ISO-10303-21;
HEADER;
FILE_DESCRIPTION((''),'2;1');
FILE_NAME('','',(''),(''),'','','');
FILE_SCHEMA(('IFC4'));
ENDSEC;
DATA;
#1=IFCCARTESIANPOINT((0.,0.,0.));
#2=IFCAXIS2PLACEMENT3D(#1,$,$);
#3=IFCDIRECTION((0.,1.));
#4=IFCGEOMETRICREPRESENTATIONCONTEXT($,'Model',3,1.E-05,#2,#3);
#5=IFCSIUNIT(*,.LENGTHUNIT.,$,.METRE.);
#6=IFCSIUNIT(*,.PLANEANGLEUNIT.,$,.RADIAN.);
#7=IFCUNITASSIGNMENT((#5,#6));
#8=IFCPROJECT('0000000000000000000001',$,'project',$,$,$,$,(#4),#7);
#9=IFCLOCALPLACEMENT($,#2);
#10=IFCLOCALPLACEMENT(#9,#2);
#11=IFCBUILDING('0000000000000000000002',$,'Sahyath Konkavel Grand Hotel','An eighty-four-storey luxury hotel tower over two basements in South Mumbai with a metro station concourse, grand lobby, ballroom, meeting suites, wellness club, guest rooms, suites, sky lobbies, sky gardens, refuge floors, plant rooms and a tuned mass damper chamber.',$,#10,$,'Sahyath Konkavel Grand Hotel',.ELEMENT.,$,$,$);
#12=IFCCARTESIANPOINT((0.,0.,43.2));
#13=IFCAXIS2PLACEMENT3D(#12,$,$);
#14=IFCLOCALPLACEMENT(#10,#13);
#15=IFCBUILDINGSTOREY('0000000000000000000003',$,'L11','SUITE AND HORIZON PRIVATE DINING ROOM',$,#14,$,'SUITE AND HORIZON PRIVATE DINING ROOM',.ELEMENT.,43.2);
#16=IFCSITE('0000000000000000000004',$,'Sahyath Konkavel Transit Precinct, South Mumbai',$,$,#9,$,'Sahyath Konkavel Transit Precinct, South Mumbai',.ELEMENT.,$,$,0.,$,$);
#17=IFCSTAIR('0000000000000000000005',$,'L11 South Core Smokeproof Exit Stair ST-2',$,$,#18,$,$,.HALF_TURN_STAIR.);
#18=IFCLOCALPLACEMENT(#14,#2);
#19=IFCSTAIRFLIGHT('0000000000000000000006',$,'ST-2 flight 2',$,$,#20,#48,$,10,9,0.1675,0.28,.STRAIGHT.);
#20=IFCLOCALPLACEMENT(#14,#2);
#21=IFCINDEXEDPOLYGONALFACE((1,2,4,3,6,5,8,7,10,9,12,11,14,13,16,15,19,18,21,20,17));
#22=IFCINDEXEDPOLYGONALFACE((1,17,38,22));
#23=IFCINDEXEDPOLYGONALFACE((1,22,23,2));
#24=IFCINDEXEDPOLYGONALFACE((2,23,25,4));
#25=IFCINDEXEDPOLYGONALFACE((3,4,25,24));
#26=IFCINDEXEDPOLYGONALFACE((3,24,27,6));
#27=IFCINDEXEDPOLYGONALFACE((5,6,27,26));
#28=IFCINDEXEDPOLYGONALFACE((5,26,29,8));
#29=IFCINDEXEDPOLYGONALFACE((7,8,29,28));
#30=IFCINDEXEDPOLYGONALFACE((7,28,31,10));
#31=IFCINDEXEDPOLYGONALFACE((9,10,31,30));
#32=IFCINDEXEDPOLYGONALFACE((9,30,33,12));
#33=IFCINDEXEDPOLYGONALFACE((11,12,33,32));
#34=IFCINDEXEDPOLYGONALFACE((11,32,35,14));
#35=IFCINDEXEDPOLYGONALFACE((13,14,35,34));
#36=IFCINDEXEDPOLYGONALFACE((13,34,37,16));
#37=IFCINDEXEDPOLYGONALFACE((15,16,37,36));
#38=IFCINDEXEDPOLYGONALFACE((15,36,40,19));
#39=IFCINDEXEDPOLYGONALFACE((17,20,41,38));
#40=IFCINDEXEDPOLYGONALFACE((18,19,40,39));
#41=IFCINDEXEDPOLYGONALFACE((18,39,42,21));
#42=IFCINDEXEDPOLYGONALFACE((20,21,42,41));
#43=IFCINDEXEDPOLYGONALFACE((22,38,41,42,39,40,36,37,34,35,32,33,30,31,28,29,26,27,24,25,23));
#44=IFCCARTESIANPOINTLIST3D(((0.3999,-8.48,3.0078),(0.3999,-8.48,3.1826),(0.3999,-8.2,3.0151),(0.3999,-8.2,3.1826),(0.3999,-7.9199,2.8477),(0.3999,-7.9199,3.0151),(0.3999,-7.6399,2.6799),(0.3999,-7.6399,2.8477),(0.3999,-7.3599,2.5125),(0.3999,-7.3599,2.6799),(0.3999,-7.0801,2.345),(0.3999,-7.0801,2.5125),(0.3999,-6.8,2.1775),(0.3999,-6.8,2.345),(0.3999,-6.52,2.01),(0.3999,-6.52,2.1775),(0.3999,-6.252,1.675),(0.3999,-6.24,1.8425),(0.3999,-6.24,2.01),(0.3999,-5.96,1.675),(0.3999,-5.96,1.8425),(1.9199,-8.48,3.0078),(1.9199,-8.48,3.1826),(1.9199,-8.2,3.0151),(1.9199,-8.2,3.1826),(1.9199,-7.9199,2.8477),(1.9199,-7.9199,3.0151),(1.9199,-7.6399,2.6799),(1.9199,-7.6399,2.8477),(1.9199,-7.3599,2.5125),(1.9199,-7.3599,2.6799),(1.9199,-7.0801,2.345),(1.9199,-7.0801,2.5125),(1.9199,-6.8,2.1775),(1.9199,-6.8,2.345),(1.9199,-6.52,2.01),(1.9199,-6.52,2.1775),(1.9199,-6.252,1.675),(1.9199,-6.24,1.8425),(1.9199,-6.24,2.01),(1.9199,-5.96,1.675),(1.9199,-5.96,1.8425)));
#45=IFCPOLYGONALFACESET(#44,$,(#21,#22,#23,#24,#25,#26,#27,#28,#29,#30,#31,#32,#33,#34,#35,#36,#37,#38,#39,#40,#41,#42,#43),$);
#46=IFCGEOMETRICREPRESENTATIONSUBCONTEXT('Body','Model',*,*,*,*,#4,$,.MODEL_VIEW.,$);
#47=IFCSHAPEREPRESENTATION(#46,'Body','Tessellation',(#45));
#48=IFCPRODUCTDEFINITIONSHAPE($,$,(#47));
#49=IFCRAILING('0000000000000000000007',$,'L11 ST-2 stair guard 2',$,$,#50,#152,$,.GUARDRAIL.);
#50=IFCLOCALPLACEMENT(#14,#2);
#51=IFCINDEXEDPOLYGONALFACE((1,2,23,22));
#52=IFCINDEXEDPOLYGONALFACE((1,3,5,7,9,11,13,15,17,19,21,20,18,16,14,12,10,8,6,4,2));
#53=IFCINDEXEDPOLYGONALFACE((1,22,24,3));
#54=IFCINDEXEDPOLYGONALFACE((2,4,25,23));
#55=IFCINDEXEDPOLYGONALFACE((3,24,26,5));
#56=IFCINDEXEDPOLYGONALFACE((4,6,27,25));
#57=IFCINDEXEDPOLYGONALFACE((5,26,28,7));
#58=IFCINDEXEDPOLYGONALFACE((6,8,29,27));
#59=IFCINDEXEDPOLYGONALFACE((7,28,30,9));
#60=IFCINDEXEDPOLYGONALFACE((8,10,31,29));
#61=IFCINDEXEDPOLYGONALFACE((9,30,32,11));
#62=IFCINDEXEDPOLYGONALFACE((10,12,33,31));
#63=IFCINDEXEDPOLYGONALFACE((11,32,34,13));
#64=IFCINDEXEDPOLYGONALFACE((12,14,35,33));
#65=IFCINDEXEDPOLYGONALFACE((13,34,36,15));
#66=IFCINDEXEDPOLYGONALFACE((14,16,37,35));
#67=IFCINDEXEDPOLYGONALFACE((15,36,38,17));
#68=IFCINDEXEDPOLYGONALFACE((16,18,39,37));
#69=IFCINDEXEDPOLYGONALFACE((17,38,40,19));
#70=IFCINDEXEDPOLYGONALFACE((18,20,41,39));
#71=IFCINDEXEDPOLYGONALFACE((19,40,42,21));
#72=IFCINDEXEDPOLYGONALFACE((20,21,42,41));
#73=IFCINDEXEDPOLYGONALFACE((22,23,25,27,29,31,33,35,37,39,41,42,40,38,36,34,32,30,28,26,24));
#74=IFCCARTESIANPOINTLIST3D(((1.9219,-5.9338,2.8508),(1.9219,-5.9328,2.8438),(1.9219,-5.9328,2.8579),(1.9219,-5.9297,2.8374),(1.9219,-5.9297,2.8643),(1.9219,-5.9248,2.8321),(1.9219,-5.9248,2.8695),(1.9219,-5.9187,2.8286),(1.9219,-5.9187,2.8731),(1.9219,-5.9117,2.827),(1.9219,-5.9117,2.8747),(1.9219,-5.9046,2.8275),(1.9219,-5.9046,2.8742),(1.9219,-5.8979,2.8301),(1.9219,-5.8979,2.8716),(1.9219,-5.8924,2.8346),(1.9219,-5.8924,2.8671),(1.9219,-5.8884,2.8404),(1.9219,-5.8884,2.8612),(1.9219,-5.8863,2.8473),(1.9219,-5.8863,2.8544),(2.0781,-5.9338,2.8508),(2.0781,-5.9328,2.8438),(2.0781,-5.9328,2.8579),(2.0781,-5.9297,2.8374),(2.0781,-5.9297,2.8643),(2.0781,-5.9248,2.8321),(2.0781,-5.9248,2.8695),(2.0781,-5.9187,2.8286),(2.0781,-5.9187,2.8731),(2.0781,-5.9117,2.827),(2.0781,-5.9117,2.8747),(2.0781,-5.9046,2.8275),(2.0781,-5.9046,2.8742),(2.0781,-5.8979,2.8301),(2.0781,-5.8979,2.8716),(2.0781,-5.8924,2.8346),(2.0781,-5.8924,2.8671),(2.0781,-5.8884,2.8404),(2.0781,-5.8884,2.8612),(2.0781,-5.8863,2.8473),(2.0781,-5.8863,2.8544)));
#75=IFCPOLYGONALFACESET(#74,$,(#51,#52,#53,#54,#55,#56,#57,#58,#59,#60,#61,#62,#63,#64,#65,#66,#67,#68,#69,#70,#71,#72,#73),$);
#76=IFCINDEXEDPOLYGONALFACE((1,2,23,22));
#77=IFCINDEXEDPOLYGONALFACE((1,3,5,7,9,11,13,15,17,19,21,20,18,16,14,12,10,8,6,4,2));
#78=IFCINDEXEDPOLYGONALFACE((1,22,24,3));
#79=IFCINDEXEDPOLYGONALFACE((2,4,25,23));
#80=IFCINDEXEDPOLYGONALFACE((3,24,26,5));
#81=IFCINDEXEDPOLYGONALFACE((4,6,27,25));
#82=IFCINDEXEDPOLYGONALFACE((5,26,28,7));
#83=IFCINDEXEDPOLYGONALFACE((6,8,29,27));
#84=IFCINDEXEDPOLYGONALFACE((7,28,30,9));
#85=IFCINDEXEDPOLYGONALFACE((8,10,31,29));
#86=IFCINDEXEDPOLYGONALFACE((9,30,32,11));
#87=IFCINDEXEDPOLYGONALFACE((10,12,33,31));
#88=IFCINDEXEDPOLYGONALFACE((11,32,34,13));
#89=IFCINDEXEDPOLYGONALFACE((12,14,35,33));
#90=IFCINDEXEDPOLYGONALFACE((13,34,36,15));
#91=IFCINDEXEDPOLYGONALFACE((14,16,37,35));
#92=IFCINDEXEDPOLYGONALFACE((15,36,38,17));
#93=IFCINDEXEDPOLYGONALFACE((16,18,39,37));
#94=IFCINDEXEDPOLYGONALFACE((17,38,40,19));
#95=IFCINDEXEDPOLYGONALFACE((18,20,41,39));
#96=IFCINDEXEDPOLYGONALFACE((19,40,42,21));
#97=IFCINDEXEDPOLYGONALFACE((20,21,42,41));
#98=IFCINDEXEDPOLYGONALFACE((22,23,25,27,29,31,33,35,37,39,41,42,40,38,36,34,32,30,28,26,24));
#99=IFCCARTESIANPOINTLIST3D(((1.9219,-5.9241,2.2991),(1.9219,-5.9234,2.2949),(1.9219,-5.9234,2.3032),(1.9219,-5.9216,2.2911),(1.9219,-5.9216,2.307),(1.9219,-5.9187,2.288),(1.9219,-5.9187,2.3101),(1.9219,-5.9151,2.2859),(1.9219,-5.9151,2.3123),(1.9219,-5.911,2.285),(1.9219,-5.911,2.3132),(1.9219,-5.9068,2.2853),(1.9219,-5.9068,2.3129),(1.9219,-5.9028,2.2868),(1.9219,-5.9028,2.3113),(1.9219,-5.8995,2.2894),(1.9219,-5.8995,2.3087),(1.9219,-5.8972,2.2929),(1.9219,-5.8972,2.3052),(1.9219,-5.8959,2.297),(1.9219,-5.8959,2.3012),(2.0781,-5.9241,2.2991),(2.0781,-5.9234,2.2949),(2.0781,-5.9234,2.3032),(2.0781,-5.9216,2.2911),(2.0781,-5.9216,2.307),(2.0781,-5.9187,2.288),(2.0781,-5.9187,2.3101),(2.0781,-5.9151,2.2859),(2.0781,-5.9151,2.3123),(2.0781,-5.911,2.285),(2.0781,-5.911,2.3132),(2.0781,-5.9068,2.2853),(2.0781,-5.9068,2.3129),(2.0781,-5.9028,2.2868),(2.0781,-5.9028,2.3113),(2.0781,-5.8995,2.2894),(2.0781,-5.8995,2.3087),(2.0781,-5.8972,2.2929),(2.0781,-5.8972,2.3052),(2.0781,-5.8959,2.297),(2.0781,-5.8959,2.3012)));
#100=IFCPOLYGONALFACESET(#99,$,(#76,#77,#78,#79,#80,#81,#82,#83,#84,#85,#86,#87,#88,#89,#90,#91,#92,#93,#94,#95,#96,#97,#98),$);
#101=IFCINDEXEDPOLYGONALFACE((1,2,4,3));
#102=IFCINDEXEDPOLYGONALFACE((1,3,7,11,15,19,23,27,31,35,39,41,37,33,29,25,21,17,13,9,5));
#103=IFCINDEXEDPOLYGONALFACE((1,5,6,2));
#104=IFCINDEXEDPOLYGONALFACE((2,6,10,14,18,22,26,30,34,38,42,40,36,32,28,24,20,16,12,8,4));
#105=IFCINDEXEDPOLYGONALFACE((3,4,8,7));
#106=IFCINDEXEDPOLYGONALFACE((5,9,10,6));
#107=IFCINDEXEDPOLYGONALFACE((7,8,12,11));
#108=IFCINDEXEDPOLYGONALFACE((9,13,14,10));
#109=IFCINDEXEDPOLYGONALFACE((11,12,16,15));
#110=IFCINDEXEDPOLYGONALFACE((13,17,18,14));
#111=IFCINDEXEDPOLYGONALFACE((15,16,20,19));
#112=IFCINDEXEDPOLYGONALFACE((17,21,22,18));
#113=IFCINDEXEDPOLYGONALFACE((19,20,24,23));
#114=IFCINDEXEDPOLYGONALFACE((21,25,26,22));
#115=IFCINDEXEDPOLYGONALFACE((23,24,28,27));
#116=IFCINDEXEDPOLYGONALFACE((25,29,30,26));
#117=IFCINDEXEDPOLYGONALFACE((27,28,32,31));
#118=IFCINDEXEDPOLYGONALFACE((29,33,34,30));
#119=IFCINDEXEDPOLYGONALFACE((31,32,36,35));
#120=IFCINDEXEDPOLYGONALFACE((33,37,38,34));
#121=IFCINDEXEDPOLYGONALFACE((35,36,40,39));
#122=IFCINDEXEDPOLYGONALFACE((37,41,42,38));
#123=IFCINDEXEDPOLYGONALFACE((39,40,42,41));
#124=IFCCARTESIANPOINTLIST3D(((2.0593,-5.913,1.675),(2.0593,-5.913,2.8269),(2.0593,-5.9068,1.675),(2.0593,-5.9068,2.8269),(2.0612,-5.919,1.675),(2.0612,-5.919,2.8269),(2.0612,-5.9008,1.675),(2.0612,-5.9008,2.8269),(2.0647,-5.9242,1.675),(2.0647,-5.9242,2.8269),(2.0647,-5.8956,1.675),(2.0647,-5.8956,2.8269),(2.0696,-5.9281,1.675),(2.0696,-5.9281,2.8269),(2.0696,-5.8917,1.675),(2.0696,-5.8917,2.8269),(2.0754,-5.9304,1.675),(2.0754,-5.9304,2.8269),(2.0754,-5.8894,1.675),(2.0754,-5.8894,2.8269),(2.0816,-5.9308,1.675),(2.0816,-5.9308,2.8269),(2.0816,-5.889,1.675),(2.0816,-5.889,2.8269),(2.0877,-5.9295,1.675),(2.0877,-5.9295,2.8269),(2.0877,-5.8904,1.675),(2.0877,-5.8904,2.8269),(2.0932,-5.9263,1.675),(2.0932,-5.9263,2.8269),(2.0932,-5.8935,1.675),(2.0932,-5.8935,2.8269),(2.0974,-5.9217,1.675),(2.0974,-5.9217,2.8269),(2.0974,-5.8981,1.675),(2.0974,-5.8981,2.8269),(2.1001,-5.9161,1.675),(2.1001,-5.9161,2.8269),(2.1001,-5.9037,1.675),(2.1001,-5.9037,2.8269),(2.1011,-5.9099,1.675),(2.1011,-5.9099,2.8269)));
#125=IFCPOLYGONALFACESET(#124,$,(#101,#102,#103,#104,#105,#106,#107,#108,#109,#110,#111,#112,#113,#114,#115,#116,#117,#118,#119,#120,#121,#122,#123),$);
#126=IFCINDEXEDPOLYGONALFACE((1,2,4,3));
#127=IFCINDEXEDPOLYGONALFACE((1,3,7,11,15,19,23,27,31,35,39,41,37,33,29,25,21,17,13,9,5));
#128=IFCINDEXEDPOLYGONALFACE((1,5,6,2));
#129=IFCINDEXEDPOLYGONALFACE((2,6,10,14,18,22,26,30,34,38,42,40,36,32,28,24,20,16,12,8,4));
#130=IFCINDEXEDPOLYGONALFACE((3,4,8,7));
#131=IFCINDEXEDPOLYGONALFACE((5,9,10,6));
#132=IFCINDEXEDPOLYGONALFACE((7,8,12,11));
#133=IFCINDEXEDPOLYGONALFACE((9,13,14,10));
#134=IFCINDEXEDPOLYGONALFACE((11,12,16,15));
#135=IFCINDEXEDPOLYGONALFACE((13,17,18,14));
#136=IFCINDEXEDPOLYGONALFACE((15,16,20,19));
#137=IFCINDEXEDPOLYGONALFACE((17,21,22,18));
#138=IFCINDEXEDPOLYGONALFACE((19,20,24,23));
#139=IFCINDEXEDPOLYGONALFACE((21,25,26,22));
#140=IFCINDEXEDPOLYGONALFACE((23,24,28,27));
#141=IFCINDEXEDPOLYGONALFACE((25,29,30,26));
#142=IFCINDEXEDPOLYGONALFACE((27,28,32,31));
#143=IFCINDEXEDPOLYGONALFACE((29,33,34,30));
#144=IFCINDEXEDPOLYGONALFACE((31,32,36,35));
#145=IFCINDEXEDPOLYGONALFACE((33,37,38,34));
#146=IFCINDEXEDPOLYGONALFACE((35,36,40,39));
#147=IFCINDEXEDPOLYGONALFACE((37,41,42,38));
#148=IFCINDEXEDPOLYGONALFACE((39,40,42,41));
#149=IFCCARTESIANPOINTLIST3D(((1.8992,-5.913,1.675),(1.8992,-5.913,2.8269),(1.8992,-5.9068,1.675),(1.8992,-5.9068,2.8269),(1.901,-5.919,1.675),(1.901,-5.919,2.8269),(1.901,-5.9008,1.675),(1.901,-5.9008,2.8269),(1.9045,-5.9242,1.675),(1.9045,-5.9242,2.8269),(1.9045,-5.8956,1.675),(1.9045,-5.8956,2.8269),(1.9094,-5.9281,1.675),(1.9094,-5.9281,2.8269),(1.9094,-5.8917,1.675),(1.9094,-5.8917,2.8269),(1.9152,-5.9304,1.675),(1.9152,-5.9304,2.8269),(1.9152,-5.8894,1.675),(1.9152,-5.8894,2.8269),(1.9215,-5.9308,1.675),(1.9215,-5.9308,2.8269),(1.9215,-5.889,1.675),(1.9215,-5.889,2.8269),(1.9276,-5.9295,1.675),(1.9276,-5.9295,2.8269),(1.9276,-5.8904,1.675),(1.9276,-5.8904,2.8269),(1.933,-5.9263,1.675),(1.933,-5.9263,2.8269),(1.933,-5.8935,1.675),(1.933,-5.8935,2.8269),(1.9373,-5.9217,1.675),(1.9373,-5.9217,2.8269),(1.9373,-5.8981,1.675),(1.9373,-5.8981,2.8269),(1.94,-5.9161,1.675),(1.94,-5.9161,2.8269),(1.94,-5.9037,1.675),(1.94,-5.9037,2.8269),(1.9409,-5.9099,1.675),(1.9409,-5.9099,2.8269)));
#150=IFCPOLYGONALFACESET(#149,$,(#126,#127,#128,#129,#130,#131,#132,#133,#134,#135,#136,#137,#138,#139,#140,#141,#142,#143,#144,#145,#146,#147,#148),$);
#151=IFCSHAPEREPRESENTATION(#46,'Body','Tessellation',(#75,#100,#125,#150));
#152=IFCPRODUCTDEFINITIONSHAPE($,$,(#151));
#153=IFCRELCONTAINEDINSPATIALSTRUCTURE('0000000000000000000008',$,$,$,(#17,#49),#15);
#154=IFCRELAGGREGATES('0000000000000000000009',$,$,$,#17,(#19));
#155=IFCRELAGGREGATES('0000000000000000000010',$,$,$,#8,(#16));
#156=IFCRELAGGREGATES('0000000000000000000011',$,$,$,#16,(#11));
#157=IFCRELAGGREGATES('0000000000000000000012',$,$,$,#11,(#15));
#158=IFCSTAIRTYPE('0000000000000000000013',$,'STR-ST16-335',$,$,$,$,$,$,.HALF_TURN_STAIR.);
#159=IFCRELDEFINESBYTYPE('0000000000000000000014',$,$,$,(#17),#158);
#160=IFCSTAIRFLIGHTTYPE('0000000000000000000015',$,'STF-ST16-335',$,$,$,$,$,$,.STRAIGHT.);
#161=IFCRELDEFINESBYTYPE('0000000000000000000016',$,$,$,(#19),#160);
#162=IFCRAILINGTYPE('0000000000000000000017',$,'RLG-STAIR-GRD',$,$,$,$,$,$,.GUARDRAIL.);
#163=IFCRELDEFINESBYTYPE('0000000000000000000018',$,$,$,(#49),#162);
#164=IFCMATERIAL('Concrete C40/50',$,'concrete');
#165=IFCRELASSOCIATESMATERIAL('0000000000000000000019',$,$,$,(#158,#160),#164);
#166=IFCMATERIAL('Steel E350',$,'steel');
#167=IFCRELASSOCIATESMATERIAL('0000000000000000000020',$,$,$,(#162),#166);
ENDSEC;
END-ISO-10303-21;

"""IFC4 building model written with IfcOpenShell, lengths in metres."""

from ifc_helpers import new_model, si_unit, direction, frame, origin, origin_2d, place, context, subcontext, project, spatial, polyline, circle, outline, extrude, material, type_object, element, aggregate, save


model = new_model("IFC4")

# Units and contexts
model_context = context("Model", 3, precision=1e-05, world=origin(), true_north=direction((0.0, 1.0)))
body_context = subcontext(model_context, "Body", "Model", "MODEL_VIEW")
ifc_project = project(units=[si_unit("LENGTHUNIT", "METRE"), si_unit("PLANEANGLEUNIT", "RADIAN")], contexts=[model_context])

# Site, building, storey
site_placement = place(None, origin())
site = spatial("IfcSite", under=ifc_project, at=site_placement, Name="Sahyath Konkavel Transit Precinct, South Mumbai", LongName="Sahyath Konkavel Transit Precinct, South Mumbai", CompositionType="ELEMENT", RefElevation=0.0)
building_placement = place(site_placement, origin())
building = spatial("IfcBuilding", under=site, at=building_placement, Name="Sahyath Konkavel Grand Hotel", Description="An eighty-four-storey luxury hotel tower over two basements in South Mumbai with a metro station concourse, grand lobby, ballroom, meeting suites, wellness club, guest rooms, suites, sky lobbies, sky gardens, refuge floors, plant rooms and a tuned mass damper chamber.", LongName="Sahyath Konkavel Grand Hotel", CompositionType="ELEMENT")
storey_placement = place(building_placement, frame((0.0, 0.0, 43.2)))
storey = spatial("IfcBuildingStorey", under=building, at=storey_placement, Name="L11", Description="SUITE AND HORIZON PRIVATE DINING ROOM", LongName="SUITE AND HORIZON PRIVATE DINING ROOM", CompositionType="ELEMENT", Elevation=43.2)

# Shared definitions
ifc_material_1 = material(Name="Steel E350", Category="steel")

# Shared definitions
ifc_material_2 = material(Name="Concrete C40/50", Category="concrete")

# Stair
stair_type = type_object("IfcStairType", Name="STR-ST16-335", PredefinedType="HALF_TURN_STAIR", material=ifc_material_2)
stair_1_placement = place(storey_placement, origin())
stair_1 = element("IfcStair", 1, at=stair_1_placement, inside=storey, type_object=stair_type, Name="L11 South Core Smokeproof Exit Stair ST-2", PredefinedType="HALF_TURN_STAIR")

# Stair flight
stair_flight_type = type_object("IfcStairFlightType", Name="STF-ST16-335", PredefinedType="STRAIGHT", material=ifc_material_2)
stair_flight_placement = place(storey_placement, frame((1.1599, -5.96, 1.675), z_axis=(0.0, 0.0, 1.0), x_axis=(0.0, -1.0, 0.0)))
stair_flight = element("IfcStairFlight", 2, at=stair_flight_placement, type_object=stair_flight_type, Name="ST-2 flight 2", NumberOfRisers=10, NumberOfTreads=9, PredefinedType="STRAIGHT", RiserHeight=0.1675, TreadLength=0.28, context=body_context, shape_type="SweptSolid", body=[
    extrude(outline(polyline([(0.0, 0.0), (0.0, 0.1675), (0.28, 0.1675), (0.28, 0.335), (0.5601, 0.335), (0.5601, 0.5024), (0.8401, 0.5024), (0.8401, 0.6699), (1.1201, 0.6699), (1.1201, 0.8374), (1.3999, 0.8374), (1.3999, 1.0049), (1.6799, 1.0049), (1.6799, 1.1726), (1.96, 1.1726), (1.96, 1.3401), (2.24, 1.3401), (2.24, 1.5076), (2.52, 1.5076), (2.52, 1.675), (2.52, 1.3328), (0.292, 0.0), (0.0, 0.0)])), frame((0.0, 0.76, 0.0), z_axis=(0.0, -1.0, 0.0), x_axis=(1.0, 0.0, 0.0)), (0.0, 0.0, 1.0), 1.52),
])
aggregate(stair_1, [stair_flight])

# Railing
railing_type_1 = type_object("IfcRailingType", Name="RLG-STAIR-GRD", PredefinedType="GUARDRAIL", material=ifc_material_1)
railing_1_placement = place(storey_placement, frame((2.0801, -5.9099, 1.675)))
element("IfcRailing", 3, at=railing_1_placement, inside=storey, type_object=railing_type_1, Name="L11 ST-2 stair guard 2", PredefinedType="GUARDRAIL", context=body_context, shape_type="SweptSolid", body=[
    extrude(circle(Radius=0.0239, at=origin_2d()), frame((-0.002, 0.0, 1.1758), z_axis=(-1.0, 0.0, 0.0), x_axis=(0.0, -1.0, 0.0)), (0.0, 0.0, 1.0), 0.1562),
    extrude(circle(Radius=0.0142, at=origin_2d()), frame((-0.002, 0.0, 0.624), z_axis=(-1.0, 0.0, 0.0), x_axis=(0.0, -1.0, 0.0)), (0.0, 0.0, 1.0), 0.1562),
    extrude(circle(Radius=0.021, at=origin_2d()), origin(), (0.0, 0.0, 1.0), 1.1519),
    extrude(circle(Radius=0.021, at=origin_2d()), frame((-0.1602, 0.0, 0.0)), (0.0, 0.0, 1.0), 1.1519),
])

save(model, "model.ifc")
